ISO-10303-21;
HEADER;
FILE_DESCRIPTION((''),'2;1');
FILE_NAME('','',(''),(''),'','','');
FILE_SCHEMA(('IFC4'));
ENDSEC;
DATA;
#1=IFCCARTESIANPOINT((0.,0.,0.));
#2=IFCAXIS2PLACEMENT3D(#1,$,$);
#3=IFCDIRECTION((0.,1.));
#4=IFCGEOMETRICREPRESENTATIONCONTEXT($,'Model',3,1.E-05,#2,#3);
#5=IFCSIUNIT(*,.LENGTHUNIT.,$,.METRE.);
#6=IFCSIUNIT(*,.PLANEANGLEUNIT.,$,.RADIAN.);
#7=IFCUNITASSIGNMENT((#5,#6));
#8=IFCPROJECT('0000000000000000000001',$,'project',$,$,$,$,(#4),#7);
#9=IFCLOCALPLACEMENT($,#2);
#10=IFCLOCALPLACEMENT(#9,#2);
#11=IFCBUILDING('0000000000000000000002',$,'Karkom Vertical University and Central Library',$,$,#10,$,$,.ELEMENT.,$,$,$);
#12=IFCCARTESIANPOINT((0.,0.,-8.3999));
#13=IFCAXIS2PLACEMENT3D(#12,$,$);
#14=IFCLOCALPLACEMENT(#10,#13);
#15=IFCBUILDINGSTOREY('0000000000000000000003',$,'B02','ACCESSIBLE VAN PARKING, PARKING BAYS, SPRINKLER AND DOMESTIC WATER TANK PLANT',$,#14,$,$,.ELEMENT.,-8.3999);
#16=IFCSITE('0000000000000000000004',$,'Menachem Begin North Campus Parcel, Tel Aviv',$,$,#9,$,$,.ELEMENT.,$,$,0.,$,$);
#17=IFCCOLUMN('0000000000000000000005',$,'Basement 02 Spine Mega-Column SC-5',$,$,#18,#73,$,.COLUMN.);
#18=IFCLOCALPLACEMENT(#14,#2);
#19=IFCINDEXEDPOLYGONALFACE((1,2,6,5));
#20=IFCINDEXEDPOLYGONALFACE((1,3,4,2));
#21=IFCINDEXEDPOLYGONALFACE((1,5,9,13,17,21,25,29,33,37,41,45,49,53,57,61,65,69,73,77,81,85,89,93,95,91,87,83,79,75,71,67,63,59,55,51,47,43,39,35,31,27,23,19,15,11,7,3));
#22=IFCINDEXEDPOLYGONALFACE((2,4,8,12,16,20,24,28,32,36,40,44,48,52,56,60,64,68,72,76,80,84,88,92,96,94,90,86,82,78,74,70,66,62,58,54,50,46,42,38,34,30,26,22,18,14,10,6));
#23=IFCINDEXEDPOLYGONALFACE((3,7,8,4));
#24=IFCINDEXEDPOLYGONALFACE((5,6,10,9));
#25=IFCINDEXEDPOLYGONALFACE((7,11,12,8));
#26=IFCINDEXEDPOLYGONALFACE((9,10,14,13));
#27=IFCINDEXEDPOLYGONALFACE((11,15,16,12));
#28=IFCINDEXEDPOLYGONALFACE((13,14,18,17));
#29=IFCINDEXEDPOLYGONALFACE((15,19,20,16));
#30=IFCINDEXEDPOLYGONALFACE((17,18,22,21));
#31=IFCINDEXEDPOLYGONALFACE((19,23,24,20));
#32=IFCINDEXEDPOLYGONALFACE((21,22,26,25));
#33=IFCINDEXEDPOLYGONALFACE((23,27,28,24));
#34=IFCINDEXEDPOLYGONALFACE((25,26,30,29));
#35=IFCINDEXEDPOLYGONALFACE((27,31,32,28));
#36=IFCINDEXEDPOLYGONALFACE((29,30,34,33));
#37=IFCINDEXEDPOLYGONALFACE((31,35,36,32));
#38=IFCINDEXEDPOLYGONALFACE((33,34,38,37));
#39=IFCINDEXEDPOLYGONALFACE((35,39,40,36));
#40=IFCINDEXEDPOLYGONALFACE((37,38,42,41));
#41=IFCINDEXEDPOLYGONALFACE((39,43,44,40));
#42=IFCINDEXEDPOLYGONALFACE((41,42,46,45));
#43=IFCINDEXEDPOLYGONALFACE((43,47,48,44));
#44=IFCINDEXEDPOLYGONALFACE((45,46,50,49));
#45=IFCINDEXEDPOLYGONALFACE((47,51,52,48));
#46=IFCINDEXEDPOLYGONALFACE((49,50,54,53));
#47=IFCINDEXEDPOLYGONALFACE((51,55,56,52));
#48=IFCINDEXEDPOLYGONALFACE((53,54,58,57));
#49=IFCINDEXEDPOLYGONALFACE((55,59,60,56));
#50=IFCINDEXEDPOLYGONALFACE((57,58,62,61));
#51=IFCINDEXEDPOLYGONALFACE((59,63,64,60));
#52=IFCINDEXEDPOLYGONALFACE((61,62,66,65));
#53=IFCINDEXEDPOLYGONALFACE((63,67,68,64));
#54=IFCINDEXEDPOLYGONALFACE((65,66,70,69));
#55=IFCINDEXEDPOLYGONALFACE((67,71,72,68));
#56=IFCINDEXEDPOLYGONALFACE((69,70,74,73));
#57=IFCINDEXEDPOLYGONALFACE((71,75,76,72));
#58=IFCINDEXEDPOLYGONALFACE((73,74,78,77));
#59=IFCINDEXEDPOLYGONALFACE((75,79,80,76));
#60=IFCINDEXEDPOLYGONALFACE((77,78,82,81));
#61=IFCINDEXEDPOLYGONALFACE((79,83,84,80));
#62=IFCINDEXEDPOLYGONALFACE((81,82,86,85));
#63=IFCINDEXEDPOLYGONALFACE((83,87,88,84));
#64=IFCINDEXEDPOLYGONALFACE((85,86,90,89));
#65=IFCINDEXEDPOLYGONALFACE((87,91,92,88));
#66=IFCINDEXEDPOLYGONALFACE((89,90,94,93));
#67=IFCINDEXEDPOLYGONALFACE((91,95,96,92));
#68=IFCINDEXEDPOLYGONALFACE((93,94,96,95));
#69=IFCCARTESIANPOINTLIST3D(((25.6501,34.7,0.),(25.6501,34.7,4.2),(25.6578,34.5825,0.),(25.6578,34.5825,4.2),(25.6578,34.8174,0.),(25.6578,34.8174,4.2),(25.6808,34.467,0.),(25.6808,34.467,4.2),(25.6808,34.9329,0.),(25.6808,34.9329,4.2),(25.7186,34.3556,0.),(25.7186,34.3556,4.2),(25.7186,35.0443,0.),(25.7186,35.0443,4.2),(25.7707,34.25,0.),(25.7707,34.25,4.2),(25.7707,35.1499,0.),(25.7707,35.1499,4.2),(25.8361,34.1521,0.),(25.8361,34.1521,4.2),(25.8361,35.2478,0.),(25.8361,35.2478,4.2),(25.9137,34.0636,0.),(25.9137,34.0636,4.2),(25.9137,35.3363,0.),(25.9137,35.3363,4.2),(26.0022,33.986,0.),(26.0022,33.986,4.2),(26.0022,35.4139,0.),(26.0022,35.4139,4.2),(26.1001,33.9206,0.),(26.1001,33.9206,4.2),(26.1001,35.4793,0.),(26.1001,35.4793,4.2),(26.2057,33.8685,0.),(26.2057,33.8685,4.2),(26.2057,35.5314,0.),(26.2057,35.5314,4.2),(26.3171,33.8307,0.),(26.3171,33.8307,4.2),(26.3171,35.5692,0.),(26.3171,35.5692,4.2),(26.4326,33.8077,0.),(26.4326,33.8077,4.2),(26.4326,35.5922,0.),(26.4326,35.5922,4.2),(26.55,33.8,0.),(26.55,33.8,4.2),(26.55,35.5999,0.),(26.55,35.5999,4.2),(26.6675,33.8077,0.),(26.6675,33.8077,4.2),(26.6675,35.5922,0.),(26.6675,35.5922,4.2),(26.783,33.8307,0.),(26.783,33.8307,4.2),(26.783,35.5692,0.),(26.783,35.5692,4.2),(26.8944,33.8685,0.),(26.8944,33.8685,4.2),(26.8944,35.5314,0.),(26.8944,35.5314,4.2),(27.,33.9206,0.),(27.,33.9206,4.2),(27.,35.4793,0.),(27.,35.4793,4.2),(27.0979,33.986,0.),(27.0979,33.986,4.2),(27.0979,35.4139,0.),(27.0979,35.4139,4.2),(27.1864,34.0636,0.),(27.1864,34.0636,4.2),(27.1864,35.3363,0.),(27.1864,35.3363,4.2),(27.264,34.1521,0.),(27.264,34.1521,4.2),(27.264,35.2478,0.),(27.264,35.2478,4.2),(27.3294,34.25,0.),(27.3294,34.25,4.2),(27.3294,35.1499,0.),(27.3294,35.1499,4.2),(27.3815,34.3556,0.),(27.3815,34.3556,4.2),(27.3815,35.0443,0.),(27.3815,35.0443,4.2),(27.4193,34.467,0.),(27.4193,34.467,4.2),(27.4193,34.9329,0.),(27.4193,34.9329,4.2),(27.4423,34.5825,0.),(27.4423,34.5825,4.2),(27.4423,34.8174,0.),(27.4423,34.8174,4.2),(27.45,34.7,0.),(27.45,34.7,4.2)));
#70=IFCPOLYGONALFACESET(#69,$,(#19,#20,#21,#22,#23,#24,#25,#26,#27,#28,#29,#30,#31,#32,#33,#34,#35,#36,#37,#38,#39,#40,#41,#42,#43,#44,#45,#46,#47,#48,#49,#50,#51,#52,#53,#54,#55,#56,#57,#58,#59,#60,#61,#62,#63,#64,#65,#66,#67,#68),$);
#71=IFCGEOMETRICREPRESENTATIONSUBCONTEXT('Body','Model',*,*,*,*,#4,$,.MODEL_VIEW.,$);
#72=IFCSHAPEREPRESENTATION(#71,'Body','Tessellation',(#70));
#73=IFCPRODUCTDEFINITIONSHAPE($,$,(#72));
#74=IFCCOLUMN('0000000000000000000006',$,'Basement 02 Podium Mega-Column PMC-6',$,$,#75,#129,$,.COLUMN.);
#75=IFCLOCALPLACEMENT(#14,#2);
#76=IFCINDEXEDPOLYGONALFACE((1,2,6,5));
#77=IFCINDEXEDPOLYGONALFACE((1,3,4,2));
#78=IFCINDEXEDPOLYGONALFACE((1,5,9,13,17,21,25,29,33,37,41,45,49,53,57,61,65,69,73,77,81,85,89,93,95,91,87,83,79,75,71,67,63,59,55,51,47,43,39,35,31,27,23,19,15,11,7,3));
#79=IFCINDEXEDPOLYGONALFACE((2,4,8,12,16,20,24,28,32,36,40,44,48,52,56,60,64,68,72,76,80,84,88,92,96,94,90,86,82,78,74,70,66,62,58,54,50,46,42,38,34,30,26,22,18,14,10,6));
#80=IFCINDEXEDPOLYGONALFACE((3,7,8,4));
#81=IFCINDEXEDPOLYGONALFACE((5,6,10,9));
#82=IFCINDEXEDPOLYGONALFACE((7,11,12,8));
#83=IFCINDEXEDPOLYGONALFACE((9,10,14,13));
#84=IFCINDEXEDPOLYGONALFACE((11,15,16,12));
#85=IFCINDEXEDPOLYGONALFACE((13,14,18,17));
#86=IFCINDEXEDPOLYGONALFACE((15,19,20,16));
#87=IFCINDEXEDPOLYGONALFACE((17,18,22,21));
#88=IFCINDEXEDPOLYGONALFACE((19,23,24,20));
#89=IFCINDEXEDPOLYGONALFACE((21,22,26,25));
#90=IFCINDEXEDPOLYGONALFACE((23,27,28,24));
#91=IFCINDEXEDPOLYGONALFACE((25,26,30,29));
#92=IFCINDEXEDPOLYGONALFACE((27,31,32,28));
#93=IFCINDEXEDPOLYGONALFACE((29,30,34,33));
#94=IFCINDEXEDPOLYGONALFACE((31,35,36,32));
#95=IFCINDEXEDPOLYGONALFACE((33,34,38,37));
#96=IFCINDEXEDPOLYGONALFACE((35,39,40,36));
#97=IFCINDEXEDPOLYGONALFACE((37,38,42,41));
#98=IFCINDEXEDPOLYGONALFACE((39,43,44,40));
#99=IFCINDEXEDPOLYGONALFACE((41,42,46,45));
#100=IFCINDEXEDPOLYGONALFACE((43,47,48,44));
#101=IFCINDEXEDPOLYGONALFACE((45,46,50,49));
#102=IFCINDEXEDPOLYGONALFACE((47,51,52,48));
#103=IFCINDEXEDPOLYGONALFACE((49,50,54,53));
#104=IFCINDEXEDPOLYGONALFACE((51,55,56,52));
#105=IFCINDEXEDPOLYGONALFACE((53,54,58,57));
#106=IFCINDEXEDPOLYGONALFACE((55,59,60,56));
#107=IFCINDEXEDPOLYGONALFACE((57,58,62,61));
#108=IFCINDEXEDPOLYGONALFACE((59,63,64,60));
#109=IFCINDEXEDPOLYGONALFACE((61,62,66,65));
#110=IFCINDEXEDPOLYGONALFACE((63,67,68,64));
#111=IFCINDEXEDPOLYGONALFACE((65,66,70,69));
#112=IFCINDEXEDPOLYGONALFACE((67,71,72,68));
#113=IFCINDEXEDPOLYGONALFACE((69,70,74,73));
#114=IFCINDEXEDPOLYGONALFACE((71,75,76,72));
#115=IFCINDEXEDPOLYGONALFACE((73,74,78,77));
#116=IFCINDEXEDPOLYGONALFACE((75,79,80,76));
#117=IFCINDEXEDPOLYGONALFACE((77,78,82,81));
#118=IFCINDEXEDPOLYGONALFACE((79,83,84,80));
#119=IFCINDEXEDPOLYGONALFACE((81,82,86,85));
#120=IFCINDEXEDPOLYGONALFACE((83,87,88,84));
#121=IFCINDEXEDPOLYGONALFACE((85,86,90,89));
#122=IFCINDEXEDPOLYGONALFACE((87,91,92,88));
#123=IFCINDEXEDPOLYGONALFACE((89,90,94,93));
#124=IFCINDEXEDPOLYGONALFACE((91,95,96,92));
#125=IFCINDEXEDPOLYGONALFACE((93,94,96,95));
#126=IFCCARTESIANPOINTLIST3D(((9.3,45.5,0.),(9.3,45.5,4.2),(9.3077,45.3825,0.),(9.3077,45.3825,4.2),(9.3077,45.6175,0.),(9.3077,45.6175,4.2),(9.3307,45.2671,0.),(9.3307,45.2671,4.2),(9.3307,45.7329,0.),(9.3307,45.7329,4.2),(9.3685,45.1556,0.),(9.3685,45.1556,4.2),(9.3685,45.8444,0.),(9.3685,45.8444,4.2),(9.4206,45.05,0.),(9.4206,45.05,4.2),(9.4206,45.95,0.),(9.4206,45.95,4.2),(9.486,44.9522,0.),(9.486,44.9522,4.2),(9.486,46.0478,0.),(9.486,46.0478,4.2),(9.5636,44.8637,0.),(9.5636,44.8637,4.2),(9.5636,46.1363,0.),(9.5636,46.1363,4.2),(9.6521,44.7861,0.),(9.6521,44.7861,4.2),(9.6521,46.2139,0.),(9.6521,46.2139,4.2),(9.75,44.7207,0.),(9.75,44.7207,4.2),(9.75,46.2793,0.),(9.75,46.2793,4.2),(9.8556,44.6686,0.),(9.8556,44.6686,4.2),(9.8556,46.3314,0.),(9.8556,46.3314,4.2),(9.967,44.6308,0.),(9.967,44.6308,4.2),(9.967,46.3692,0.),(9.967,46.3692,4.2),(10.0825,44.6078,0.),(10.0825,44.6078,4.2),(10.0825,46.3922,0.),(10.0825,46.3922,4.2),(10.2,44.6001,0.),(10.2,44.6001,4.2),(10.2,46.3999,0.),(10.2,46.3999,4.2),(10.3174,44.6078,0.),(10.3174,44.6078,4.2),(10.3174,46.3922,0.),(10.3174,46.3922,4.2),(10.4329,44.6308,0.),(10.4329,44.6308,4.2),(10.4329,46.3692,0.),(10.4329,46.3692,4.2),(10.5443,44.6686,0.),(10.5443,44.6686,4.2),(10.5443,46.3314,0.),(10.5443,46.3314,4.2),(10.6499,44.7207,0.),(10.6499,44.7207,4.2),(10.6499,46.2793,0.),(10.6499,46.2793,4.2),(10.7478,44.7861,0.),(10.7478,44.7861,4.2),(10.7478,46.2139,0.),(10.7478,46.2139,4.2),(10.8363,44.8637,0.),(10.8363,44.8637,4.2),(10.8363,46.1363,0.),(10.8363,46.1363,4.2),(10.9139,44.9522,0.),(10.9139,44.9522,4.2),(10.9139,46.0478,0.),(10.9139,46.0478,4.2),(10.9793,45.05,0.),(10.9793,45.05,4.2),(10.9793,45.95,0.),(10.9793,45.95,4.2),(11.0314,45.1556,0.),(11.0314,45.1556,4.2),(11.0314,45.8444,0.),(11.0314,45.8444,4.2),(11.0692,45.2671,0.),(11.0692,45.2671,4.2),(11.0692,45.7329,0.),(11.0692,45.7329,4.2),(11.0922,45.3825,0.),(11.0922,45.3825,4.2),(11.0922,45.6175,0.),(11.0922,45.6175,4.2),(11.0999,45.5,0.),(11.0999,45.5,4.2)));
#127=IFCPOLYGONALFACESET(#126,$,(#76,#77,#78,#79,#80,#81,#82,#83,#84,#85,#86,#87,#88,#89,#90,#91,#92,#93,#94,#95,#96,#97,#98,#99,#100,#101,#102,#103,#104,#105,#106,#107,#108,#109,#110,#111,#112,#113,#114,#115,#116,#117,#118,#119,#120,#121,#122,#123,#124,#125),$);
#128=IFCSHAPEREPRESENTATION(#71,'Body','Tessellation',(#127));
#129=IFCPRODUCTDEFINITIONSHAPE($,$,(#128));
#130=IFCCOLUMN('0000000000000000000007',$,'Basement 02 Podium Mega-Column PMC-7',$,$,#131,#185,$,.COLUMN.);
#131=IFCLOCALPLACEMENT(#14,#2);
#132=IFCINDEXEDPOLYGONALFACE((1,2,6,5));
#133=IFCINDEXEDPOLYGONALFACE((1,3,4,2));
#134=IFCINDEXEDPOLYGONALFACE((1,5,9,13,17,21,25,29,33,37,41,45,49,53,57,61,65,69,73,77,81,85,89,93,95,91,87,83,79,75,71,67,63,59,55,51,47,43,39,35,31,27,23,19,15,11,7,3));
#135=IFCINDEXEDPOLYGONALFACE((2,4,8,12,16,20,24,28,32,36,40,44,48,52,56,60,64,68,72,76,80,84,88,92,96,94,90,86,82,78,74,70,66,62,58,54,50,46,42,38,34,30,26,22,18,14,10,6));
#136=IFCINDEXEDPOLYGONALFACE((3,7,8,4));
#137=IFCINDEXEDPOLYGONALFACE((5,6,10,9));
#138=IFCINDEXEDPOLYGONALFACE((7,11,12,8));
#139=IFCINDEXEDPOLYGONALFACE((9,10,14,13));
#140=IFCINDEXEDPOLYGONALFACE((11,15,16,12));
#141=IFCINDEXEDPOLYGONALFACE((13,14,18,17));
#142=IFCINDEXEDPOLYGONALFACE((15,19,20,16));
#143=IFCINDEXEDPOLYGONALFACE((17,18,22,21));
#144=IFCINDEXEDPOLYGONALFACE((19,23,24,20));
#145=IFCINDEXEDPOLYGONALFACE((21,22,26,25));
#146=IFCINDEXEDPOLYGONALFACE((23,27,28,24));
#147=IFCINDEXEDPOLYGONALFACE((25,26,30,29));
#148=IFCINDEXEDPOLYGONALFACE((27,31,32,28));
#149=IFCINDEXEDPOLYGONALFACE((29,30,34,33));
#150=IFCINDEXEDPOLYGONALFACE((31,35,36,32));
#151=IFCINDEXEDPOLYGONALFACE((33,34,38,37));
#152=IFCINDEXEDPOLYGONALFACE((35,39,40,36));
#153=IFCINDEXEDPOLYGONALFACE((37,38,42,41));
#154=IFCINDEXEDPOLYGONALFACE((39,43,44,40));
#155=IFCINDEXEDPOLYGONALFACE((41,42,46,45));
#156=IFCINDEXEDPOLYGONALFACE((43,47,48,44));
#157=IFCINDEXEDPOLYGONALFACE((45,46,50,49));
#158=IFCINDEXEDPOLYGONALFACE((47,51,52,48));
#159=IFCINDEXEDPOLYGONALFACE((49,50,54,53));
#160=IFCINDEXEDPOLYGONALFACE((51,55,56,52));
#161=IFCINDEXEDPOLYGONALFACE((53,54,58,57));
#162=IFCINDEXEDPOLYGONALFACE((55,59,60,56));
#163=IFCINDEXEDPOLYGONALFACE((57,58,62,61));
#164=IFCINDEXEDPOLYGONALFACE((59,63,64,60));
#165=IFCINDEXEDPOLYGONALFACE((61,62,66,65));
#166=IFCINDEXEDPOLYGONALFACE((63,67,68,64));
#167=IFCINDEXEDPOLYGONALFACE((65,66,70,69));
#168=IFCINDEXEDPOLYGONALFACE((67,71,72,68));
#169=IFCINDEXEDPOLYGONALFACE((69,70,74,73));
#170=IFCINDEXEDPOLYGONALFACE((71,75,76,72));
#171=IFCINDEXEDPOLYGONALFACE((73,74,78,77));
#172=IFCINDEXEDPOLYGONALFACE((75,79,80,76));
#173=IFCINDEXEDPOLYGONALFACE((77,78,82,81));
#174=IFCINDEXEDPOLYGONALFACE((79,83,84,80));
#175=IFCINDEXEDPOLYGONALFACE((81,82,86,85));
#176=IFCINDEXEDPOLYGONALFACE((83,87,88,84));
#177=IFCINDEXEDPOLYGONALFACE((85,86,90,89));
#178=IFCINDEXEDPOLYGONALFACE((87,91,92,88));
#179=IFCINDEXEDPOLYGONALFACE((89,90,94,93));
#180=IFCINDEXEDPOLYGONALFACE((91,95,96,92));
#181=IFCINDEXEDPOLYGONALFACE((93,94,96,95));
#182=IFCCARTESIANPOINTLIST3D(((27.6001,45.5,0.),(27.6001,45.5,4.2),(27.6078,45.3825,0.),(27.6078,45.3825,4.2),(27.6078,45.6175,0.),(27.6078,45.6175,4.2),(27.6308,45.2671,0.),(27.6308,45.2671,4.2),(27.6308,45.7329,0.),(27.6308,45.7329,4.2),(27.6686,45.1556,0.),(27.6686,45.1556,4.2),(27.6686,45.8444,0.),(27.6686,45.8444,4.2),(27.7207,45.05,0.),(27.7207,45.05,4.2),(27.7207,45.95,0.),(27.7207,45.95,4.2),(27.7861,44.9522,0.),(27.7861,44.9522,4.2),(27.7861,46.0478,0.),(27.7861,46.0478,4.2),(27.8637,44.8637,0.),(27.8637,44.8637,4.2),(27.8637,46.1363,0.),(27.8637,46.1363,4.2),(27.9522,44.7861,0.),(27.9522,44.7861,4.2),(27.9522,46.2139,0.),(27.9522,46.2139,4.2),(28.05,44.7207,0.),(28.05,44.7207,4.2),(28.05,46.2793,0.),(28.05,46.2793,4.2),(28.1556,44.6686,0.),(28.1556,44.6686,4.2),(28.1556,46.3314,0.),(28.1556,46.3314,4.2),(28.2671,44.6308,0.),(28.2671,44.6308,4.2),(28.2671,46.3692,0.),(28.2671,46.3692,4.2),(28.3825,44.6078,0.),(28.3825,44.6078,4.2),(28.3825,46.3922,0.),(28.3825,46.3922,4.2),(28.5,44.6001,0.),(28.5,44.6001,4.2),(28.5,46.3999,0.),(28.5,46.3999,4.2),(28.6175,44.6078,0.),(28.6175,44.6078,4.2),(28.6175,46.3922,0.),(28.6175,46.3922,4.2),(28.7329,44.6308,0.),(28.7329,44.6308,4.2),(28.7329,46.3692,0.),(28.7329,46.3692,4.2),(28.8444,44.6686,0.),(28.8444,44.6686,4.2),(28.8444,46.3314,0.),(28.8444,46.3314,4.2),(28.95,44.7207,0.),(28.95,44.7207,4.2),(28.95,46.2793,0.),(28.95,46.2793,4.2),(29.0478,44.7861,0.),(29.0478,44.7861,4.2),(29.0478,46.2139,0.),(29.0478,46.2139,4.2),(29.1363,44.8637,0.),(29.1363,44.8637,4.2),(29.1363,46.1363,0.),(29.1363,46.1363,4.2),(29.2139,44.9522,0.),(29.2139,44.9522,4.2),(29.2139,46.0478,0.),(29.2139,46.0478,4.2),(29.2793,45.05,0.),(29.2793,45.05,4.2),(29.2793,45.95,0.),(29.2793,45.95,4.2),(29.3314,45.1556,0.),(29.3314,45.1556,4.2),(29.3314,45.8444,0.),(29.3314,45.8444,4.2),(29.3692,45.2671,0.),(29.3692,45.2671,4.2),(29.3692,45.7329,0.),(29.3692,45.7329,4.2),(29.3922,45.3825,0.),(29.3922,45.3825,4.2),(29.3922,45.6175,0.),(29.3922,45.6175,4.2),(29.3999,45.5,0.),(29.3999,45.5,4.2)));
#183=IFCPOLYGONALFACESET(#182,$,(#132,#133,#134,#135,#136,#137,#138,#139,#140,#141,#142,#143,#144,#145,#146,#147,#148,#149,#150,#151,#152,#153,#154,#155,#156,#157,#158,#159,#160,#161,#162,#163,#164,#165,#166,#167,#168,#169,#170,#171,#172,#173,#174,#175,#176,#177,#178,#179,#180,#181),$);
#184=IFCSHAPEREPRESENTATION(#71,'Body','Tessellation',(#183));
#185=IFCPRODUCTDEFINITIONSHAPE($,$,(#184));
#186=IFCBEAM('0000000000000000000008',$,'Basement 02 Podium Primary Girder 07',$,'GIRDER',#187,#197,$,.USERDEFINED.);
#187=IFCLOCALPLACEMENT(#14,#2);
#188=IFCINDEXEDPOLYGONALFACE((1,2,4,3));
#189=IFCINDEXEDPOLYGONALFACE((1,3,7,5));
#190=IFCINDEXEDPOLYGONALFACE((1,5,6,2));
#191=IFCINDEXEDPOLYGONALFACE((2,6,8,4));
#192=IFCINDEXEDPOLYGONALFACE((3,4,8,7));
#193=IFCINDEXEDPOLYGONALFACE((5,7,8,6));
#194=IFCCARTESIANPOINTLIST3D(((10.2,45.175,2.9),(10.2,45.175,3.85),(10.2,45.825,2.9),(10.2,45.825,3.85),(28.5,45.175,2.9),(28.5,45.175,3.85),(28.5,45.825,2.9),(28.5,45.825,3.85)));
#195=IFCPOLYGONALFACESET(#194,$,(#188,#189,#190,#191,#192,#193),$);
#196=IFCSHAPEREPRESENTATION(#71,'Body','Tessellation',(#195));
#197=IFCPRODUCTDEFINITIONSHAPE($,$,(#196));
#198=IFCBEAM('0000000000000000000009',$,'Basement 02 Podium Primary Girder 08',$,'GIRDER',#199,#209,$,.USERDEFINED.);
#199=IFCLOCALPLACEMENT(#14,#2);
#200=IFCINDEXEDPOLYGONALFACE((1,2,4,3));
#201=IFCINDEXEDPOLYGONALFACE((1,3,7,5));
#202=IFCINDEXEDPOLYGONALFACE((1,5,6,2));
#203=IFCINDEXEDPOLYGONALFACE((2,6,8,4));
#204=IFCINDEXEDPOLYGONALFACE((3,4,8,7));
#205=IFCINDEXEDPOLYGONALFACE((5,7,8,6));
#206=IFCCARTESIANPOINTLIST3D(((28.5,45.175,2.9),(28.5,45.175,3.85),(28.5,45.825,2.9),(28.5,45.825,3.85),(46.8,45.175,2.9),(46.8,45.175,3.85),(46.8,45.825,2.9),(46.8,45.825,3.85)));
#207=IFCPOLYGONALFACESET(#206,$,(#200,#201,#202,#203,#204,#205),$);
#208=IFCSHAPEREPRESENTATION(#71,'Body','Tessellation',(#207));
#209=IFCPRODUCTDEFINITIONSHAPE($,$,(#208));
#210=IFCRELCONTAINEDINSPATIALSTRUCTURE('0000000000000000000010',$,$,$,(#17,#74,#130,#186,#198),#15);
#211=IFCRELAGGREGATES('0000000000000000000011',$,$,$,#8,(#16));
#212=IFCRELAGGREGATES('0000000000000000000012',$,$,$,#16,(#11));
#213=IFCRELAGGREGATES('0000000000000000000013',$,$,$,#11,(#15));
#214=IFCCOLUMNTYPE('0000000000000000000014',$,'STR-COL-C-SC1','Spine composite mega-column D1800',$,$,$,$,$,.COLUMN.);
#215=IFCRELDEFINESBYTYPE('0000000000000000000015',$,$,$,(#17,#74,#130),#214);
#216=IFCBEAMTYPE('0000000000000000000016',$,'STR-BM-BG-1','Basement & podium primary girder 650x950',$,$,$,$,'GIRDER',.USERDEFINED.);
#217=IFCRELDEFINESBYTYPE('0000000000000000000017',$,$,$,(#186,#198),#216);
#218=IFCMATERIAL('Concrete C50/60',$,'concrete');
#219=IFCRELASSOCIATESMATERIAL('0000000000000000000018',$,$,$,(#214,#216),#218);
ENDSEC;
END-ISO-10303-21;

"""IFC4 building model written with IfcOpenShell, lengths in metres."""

from ifc_helpers import new_model, si_unit, direction, frame, origin, origin_with_axes, origin_2d, place, context, subcontext, project, spatial, rectangle, circle, extrude, source, transform, mapped, material, material_profile, profile_set, type_object, element, save


model = new_model("IFC4")

# Units and contexts
model_context = context("Model", 3, precision=1e-05, world=origin(), true_north=direction((0.0, 1.0)))
body_context = subcontext(model_context, "Body", "Model", "MODEL_VIEW")
ifc_project = project(units=[si_unit("LENGTHUNIT", "METRE"), si_unit("PLANEANGLEUNIT", "RADIAN")], contexts=[model_context])

# Site, building, storey
site_placement = place(None, origin())
site = spatial("IfcSite", under=ifc_project, at=site_placement, Name="Menachem Begin North Campus Parcel, Tel Aviv", CompositionType="ELEMENT", RefElevation=0.0)
building_placement = place(site_placement, origin())
building = spatial("IfcBuilding", under=site, at=building_placement, Name="Karkom Vertical University and Central Library", CompositionType="ELEMENT")
storey_placement = place(building_placement, frame((0.0, 0.0, -8.3999)))
storey = spatial("IfcBuildingStorey", under=building, at=storey_placement, Name="B02", Description="ACCESSIBLE VAN PARKING, PARKING BAYS, SPRINKLER AND DOMESTIC WATER TANK PLANT", CompositionType="ELEMENT", Elevation=-8.3999)

# Columns
ifc_material_1 = material(Name="Concrete C50/60", Category="concrete")
ifc_material_profile_1 = material_profile(ifc_material_1, circle(Radius=0.8999, at=origin_2d()), Name="CFT-D1800")
ifc_profile_set_1 = profile_set([ifc_material_profile_1], Name="Concrete C50/60")
column_type_1 = type_object("IfcColumnType", Name="STR-COL-C-SC1", Description="Spine composite mega-column D1800", PredefinedType="COLUMN", material=ifc_profile_set_1)
shared_shape_1 = source(origin_with_axes(), body_context, "Body", "SweptSolid", [
    extrude(circle(Radius=0.8999, at=origin_2d()), origin(), (0.0, 0.0, 1.0), 4.2),
])
for number, where, z_axis, x_axis, name in (
    (1, (26.55, 34.7, 0.0), (0.0, 0.0, 1.0), (1.0, 0.0, 0.0), "Basement 02 Spine Mega-Column SC-5"),
    (2, (10.2, 45.5, 0.0), (0.0, 0.0, 1.0), (1.0, 0.0, 0.0), "Basement 02 Podium Mega-Column PMC-6"),
    (3, (28.5, 45.5, 0.0), (0.0, 0.0, 1.0), (1.0, 0.0, 0.0), "Basement 02 Podium Mega-Column PMC-7"),
):
    element("IfcColumn", number, at=place(storey_placement, frame(where, z_axis=z_axis, x_axis=x_axis)), inside=storey, type_object=column_type_1, Name=name, PredefinedType="COLUMN", context=body_context, shape_type="MappedRepresentation", body=[
        mapped(shared_shape_1, transform((0.0, 0.0, 0.0), scale=1.0)),
    ])

# Beams
ifc_material_profile_2 = material_profile(ifc_material_1, rectangle(XDim=0.6499, YDim=0.95, at=origin_2d()), Name="RCG-650x950")
ifc_profile_set_2 = profile_set([ifc_material_profile_2], Name="Concrete C50/60")
beam_type = type_object("IfcBeamType", Name="STR-BM-BG-1", Description="Basement & podium primary girder 650x950", ElementType="GIRDER", PredefinedType="USERDEFINED", material=ifc_profile_set_2)
shared_shape_2 = source(origin_with_axes(), body_context, "Body", "SweptSolid", [
    extrude(rectangle(XDim=0.6499, YDim=0.95, at=origin_2d()), origin(), (0.0, 0.0, 1.0), 18.3),
])
for number, where, z_axis, x_axis, name in (
    (4, (10.2, 45.5, 3.375), (1.0, 0.0, 0.0), (0.0, 1.0, 0.0), "Basement 02 Podium Primary Girder 07"),
    (5, (28.5, 45.5, 3.375), (1.0, 0.0, 0.0), (0.0, 1.0, 0.0), "Basement 02 Podium Primary Girder 08"),
):
    element("IfcBeam", number, at=place(storey_placement, frame(where, z_axis=z_axis, x_axis=x_axis)), inside=storey, type_object=beam_type, Name=name, ObjectType="GIRDER", PredefinedType="USERDEFINED", context=body_context, shape_type="MappedRepresentation", body=[
        mapped(shared_shape_2, transform((0.0, 0.0, 0.0), scale=1.0)),
    ])

save(model, "model.ifc")
